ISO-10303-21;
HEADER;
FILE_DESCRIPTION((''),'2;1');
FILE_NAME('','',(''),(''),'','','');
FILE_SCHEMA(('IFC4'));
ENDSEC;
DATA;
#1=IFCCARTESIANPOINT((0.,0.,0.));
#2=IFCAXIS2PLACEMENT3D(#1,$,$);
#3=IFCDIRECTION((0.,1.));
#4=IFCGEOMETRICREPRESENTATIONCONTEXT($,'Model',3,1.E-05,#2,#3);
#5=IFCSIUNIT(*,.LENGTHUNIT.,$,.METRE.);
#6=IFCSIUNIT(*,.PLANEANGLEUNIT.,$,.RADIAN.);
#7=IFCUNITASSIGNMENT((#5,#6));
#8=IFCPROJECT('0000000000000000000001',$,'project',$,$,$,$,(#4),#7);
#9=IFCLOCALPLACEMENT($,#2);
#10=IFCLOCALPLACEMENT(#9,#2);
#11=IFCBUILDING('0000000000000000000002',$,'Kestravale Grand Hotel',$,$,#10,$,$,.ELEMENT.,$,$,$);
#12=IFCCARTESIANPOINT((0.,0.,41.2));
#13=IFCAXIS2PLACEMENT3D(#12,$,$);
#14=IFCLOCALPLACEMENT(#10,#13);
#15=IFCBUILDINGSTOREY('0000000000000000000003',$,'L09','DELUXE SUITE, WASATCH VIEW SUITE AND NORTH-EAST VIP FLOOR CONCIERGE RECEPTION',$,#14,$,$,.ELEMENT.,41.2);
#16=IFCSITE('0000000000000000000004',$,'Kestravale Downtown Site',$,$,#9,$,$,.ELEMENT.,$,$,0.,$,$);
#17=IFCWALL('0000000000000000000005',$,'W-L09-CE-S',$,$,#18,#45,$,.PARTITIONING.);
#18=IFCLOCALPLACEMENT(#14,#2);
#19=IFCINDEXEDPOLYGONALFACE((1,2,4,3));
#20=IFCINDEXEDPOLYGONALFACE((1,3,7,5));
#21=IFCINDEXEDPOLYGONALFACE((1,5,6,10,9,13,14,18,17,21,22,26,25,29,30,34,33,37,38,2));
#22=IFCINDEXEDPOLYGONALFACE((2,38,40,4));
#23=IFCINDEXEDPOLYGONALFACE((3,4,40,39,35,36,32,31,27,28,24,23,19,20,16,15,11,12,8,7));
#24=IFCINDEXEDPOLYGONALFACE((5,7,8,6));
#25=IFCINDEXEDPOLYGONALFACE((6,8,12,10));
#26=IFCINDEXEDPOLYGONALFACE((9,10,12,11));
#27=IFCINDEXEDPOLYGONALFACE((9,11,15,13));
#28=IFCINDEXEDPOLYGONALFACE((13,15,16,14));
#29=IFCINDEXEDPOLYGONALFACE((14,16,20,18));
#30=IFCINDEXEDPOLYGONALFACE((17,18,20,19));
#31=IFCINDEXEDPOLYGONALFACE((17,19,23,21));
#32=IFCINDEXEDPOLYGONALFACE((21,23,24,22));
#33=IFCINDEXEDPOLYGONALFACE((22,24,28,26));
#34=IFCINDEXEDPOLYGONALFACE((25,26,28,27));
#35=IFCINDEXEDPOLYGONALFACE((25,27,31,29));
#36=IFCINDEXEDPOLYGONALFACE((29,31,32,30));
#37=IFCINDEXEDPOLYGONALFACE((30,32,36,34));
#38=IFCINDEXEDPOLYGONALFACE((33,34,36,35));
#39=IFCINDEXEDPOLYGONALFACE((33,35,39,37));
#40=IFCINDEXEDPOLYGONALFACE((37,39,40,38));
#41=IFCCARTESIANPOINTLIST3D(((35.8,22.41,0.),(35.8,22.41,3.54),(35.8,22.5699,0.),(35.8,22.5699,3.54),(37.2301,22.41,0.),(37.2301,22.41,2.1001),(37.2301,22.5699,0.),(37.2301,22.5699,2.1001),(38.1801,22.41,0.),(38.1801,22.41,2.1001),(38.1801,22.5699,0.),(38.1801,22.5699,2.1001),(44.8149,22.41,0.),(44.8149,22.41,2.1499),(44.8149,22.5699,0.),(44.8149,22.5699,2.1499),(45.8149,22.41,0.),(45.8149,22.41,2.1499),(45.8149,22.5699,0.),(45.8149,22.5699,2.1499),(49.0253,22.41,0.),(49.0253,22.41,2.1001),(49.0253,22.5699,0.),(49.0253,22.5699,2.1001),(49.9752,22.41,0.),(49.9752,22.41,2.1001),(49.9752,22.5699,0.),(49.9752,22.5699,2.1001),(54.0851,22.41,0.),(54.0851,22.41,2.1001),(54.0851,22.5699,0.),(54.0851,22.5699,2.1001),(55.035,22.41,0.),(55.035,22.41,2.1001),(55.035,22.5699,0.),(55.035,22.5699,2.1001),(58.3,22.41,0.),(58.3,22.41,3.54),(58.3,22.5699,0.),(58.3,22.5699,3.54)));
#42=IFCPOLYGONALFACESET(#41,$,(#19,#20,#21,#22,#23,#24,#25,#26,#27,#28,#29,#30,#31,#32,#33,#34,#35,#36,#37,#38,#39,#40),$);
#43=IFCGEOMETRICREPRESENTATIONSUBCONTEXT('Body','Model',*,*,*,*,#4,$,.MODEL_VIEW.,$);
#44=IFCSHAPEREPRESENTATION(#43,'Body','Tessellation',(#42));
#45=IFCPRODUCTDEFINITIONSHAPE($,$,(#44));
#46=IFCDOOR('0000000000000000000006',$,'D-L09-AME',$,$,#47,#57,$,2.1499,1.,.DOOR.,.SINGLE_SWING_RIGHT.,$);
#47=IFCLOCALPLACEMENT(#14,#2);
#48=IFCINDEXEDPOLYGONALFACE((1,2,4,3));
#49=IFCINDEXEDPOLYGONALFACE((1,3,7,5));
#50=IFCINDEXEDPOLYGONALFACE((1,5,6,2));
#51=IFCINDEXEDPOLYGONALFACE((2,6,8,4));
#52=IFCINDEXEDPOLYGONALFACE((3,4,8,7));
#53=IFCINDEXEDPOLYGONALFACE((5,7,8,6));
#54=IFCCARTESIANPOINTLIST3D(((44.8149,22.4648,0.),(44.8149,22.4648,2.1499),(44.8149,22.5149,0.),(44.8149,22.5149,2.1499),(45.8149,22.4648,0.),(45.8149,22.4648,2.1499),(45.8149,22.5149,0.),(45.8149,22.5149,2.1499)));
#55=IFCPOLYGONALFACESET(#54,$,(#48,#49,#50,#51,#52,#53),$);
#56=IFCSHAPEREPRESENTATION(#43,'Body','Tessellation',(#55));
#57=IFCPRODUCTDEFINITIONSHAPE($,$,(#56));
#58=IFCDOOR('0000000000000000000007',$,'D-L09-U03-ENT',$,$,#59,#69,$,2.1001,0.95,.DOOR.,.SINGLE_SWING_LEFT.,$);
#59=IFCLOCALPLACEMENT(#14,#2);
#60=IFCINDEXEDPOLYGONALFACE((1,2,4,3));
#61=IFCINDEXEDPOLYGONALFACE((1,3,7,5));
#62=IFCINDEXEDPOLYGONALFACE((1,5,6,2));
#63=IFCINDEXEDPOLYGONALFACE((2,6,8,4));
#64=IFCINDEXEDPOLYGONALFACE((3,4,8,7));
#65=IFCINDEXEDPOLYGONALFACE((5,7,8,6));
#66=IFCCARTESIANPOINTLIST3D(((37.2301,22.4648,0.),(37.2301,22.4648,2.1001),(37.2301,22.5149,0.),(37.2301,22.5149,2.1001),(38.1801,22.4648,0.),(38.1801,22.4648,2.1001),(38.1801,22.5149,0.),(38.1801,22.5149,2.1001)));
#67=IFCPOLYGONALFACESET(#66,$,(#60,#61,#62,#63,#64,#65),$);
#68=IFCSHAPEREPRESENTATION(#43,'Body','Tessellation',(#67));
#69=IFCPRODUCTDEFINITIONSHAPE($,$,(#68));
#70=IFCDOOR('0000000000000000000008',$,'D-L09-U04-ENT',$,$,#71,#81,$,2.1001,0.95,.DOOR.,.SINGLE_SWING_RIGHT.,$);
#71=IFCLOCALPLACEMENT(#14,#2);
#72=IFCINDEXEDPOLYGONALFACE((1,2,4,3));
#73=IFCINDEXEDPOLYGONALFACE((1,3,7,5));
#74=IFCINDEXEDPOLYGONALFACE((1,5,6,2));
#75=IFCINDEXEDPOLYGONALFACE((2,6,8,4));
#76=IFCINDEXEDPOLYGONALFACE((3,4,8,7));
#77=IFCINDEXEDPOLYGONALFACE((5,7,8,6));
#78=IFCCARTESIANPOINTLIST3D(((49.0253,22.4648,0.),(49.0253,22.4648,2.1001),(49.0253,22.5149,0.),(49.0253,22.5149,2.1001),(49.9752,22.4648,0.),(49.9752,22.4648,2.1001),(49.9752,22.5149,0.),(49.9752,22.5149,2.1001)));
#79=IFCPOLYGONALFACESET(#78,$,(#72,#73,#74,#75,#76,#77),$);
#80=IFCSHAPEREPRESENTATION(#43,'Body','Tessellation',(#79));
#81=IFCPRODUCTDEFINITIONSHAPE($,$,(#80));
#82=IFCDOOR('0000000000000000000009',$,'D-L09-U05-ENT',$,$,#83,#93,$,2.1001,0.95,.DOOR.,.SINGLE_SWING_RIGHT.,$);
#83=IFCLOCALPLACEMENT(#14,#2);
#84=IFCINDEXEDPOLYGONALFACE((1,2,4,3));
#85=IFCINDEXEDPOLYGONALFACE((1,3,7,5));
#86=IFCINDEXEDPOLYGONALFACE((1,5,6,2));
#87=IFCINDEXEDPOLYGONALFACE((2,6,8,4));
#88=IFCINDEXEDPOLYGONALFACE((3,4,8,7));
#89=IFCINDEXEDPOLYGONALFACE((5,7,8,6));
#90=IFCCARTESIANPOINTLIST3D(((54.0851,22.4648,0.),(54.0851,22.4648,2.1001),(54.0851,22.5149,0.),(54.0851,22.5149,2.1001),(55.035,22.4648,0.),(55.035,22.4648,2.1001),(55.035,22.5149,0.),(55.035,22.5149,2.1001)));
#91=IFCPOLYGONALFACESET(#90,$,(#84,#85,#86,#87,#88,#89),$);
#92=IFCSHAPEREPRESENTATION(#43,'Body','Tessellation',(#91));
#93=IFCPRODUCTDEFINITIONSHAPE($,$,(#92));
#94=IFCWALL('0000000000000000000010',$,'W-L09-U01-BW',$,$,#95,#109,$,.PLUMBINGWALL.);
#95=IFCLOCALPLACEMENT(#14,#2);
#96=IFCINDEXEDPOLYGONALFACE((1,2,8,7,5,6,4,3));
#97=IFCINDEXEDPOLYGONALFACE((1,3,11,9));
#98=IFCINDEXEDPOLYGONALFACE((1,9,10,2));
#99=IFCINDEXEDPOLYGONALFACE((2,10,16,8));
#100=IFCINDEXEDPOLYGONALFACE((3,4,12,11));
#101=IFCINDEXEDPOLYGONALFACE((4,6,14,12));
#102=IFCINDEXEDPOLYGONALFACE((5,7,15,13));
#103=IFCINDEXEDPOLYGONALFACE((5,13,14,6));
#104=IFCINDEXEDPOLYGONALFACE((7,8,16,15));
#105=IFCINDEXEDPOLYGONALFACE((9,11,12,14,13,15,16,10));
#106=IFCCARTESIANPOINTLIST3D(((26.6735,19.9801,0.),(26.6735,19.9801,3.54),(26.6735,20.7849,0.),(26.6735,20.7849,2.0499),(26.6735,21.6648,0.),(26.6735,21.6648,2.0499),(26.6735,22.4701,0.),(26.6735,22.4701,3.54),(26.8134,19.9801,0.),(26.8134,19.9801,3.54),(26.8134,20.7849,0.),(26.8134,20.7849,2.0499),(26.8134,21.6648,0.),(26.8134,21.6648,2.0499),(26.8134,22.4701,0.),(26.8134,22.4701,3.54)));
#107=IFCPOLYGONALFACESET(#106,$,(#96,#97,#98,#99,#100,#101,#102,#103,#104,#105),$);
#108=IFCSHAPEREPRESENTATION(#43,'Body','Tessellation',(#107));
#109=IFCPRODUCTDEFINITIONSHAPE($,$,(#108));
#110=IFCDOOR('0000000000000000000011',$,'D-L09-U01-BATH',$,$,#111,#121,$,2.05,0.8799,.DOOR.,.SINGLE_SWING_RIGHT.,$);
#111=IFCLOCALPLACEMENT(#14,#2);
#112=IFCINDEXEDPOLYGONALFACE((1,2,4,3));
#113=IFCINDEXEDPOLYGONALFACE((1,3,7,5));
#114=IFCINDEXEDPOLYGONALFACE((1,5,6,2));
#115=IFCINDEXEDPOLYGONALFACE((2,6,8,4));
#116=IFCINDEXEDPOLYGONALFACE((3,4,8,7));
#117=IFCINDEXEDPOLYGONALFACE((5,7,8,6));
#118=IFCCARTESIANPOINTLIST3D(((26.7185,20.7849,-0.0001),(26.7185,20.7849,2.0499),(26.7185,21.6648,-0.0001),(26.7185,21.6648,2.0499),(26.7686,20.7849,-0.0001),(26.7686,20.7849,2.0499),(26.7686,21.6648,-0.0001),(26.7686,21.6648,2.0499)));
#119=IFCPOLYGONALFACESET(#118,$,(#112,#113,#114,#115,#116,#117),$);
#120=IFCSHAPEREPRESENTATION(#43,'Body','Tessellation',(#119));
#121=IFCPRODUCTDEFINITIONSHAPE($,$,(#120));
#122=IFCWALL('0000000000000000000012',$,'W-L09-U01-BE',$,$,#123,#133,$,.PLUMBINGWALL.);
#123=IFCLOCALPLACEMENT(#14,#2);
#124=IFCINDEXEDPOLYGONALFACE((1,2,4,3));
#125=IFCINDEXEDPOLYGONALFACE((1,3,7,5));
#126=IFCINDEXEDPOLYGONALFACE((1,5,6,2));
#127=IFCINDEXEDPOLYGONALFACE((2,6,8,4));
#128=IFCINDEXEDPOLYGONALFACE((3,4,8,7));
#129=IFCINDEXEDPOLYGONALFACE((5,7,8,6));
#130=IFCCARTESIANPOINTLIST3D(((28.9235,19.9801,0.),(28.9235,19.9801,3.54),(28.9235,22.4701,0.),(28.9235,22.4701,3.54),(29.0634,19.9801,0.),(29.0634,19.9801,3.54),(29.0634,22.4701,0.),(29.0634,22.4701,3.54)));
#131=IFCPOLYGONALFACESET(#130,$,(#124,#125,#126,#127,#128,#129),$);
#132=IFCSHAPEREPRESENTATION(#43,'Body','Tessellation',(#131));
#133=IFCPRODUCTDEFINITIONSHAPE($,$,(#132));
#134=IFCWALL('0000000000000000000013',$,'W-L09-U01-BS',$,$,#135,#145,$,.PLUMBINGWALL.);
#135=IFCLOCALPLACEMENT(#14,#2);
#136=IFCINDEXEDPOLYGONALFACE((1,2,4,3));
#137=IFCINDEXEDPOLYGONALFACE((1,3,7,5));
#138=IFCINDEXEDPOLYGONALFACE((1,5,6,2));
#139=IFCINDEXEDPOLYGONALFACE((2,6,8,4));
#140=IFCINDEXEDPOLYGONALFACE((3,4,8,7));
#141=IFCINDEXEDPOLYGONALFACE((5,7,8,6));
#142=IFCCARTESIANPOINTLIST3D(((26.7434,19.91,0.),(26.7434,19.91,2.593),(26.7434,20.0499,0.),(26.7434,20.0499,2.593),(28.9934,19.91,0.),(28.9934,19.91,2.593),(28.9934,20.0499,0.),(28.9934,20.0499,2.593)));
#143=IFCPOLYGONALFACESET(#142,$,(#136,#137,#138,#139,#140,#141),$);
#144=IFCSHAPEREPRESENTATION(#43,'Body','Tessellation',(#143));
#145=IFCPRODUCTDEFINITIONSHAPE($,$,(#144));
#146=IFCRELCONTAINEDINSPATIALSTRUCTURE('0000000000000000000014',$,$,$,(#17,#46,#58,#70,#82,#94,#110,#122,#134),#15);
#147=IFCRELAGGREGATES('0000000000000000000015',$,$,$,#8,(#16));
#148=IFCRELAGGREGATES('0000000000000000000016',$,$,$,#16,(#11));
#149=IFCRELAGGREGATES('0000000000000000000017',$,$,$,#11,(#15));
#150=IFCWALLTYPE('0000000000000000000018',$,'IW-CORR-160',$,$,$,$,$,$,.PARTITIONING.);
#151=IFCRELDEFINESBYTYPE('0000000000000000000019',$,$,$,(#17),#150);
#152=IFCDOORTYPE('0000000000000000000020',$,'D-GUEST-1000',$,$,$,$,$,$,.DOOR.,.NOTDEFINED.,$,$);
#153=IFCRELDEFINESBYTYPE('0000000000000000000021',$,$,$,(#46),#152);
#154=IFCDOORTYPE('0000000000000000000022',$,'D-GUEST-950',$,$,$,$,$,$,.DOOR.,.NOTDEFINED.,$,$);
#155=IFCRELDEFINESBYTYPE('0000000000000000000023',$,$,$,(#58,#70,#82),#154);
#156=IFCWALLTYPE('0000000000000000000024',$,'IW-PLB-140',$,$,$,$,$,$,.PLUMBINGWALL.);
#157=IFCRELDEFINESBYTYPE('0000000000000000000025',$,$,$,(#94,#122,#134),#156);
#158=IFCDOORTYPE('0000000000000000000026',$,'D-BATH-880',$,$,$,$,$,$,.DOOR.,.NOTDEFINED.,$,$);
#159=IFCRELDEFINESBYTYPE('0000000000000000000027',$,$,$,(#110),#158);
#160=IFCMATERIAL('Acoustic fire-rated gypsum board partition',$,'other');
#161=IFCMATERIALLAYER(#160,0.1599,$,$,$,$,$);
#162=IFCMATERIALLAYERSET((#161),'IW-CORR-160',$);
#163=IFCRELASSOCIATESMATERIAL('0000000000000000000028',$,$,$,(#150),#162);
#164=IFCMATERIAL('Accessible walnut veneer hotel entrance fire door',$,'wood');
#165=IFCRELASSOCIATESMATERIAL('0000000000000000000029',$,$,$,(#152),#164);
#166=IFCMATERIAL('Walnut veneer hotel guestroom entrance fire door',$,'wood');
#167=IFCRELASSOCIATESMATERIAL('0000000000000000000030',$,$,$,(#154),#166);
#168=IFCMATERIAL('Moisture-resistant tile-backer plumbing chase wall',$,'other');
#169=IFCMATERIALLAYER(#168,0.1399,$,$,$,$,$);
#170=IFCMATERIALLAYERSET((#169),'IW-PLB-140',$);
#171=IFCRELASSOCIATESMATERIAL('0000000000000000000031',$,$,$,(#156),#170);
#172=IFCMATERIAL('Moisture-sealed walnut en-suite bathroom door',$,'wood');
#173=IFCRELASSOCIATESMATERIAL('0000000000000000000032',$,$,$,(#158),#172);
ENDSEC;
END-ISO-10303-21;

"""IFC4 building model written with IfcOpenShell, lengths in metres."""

from ifc_helpers import new_model, si_unit, direction, frame, frame_2d, origin, place, context, subcontext, project, spatial, rectangle, extrude, material, layer, layer_set, type_object, element, fill, save


model = new_model("IFC4")

# Units and contexts
model_context = context("Model", 3, precision=1e-05, world=origin(), true_north=direction((0.0, 1.0)))
body_context = subcontext(model_context, "Body", "Model", "MODEL_VIEW")
ifc_project = project(units=[si_unit("LENGTHUNIT", "METRE"), si_unit("PLANEANGLEUNIT", "RADIAN")], contexts=[model_context])

# Site, building, storey
site_placement = place(None, origin())
site = spatial("IfcSite", under=ifc_project, at=site_placement, Name="Kestravale Downtown Site", CompositionType="ELEMENT", RefElevation=0.0)
building_placement = place(site_placement, origin())
building = spatial("IfcBuilding", under=site, at=building_placement, Name="Kestravale Grand Hotel", CompositionType="ELEMENT")
storey_placement = place(building_placement, frame((0.0, 0.0, 41.2)))
storey = spatial("IfcBuildingStorey", under=building, at=storey_placement, Name="L09", Description="DELUXE SUITE, WASATCH VIEW SUITE AND NORTH-EAST VIP FLOOR CONCIERGE RECEPTION", CompositionType="ELEMENT", Elevation=41.2)

# Shared definitions
ifc_material_1 = material(Name="Acoustic fire-rated gypsum board partition", Category="other")
ifc_layer_1 = layer(ifc_material_1, 0.1599)
ifc_layer_set_1 = layer_set([ifc_layer_1], Name="IW-CORR-160")
wall_type_1 = type_object("IfcWallType", Name="IW-CORR-160", PredefinedType="PARTITIONING", material=ifc_layer_set_1)

# Wall, openings, doors
wall_1_placement = place(storey_placement, frame((35.8, 22.49, 0.0), z_axis=(0.0, 0.0, 1.0), x_axis=(1.0, 0.0, 0.0)))
wall_1 = element("IfcWall", 1, at=wall_1_placement, inside=storey, type_object=wall_type_1, Name="W-L09-CE-S", PredefinedType="PARTITIONING", context=body_context, shape_type="SweptSolid", body=[
    extrude(rectangle(XDim=22.5, YDim=0.1599, at=frame_2d((11.25, 0.0))), origin(), (0.0, 0.0, 1.0), 3.54),
])
opening_1_placement = place(wall_1_placement, frame((1.4299, 0.0, 0.0)))
opening_1 = element("IfcOpeningElement", 2, at=opening_1_placement, cuts=wall_1, PredefinedType="OPENING", context=body_context, shape_type="SweptSolid", body=[
    extrude(rectangle(XDim=0.95, YDim=2.1001, at=frame_2d((0.4751, 1.05))), frame((0.0, 0.0898, 0.0), z_axis=(0.0, -1.0, 0.0), x_axis=(1.0, 0.0, 0.0)), (0.0, 0.0, 1.0), 0.1799),
])
opening_2_placement = place(wall_1_placement, frame((9.0149, 0.0, 0.0)))
opening_2 = element("IfcOpeningElement", 3, at=opening_2_placement, cuts=wall_1, PredefinedType="OPENING", context=body_context, shape_type="SweptSolid", body=[
    extrude(rectangle(XDim=1.0, YDim=2.1499, at=frame_2d((0.5, 1.075))), frame((0.0, 0.0898, 0.0), z_axis=(0.0, -1.0, 0.0), x_axis=(1.0, 0.0, 0.0)), (0.0, 0.0, 1.0), 0.1799),
])
opening_3_placement = place(wall_1_placement, frame((13.2251, 0.0, 0.0)))
opening_3 = element("IfcOpeningElement", 4, at=opening_3_placement, cuts=wall_1, PredefinedType="OPENING", context=body_context, shape_type="SweptSolid", body=[
    extrude(rectangle(XDim=0.95, YDim=2.1001, at=frame_2d((0.4751, 1.05))), frame((0.0, 0.0898, 0.0), z_axis=(0.0, -1.0, 0.0), x_axis=(1.0, 0.0, 0.0)), (0.0, 0.0, 1.0), 0.1799),
])
opening_4_placement = place(wall_1_placement, frame((18.2849, 0.0, 0.0)))
opening_4 = element("IfcOpeningElement", 5, at=opening_4_placement, cuts=wall_1, PredefinedType="OPENING", context=body_context, shape_type="SweptSolid", body=[
    extrude(rectangle(XDim=0.95, YDim=2.1001, at=frame_2d((0.4751, 1.05))), frame((0.0, 0.0898, 0.0), z_axis=(0.0, -1.0, 0.0), x_axis=(1.0, 0.0, 0.0)), (0.0, 0.0, 1.0), 0.1799),
])
ifc_material_2 = material(Name="Accessible walnut veneer hotel entrance fire door", Category="wood")
door_type_1 = type_object("IfcDoorType", Name="D-GUEST-1000", OperationType="NOTDEFINED", PredefinedType="DOOR", material=ifc_material_2)
door_1_placement = place(opening_2_placement, origin())
door_1 = element("IfcDoor", 6, at=door_1_placement, inside=storey, type_object=door_type_1, Name="D-L09-AME", OperationType="SINGLE_SWING_RIGHT", OverallHeight=2.1499, OverallWidth=1.0, PredefinedType="DOOR", context=body_context, shape_type="SweptSolid", body=[
    extrude(rectangle(XDim=1.0, YDim=2.1499, at=frame_2d((0.5, 1.075))), frame((0.0, 0.0249, 0.0), z_axis=(0.0, -1.0, 0.0), x_axis=(1.0, 0.0, 0.0)), (0.0, 0.0, 1.0), 0.05),
])
fill(opening_2, door_1)
ifc_material_3 = material(Name="Walnut veneer hotel guestroom entrance fire door", Category="wood")
door_type_2 = type_object("IfcDoorType", Name="D-GUEST-950", OperationType="NOTDEFINED", PredefinedType="DOOR", material=ifc_material_3)
door_2_placement = place(opening_1_placement, origin())
door_2 = element("IfcDoor", 7, at=door_2_placement, inside=storey, type_object=door_type_2, Name="D-L09-U03-ENT", OperationType="SINGLE_SWING_LEFT", OverallHeight=2.1001, OverallWidth=0.95, PredefinedType="DOOR", context=body_context, shape_type="SweptSolid", body=[
    extrude(rectangle(XDim=0.95, YDim=2.1001, at=frame_2d((0.4751, 1.05))), frame((0.0, 0.0249, 0.0), z_axis=(0.0, -1.0, 0.0), x_axis=(1.0, 0.0, 0.0)), (0.0, 0.0, 1.0), 0.05),
])
fill(opening_1, door_2)
door_3_placement = place(opening_3_placement, origin())
door_3 = element("IfcDoor", 8, at=door_3_placement, inside=storey, type_object=door_type_2, Name="D-L09-U04-ENT", OperationType="SINGLE_SWING_RIGHT", OverallHeight=2.1001, OverallWidth=0.95, PredefinedType="DOOR", context=body_context, shape_type="SweptSolid", body=[
    extrude(rectangle(XDim=0.95, YDim=2.1001, at=frame_2d((0.4751, 1.05))), frame((0.0, 0.0249, 0.0), z_axis=(0.0, -1.0, 0.0), x_axis=(1.0, 0.0, 0.0)), (0.0, 0.0, 1.0), 0.05),
])
fill(opening_3, door_3)
door_4_placement = place(opening_4_placement, origin())
door_4 = element("IfcDoor", 9, at=door_4_placement, inside=storey, type_object=door_type_2, Name="D-L09-U05-ENT", OperationType="SINGLE_SWING_RIGHT", OverallHeight=2.1001, OverallWidth=0.95, PredefinedType="DOOR", context=body_context, shape_type="SweptSolid", body=[
    extrude(rectangle(XDim=0.95, YDim=2.1001, at=frame_2d((0.4751, 1.05))), frame((0.0, 0.0249, 0.0), z_axis=(0.0, -1.0, 0.0), x_axis=(1.0, 0.0, 0.0)), (0.0, 0.0, 1.0), 0.05),
])
fill(opening_4, door_4)

# Wall, opening, door
ifc_material_4 = material(Name="Moisture-resistant tile-backer plumbing chase wall", Category="other")
ifc_layer_2 = layer(ifc_material_4, 0.1399)
ifc_layer_set_2 = layer_set([ifc_layer_2], Name="IW-PLB-140")
wall_type_2 = type_object("IfcWallType", Name="IW-PLB-140", PredefinedType="PLUMBINGWALL", material=ifc_layer_set_2)
wall_2_placement = place(storey_placement, frame((26.7434, 19.98, 0.0), z_axis=(0.0, 0.0, 1.0), x_axis=(0.0, 1.0, 0.0)))
wall_2 = element("IfcWall", 10, at=wall_2_placement, inside=storey, type_object=wall_type_2, Name="W-L09-U01-BW", PredefinedType="PLUMBINGWALL", context=body_context, shape_type="SweptSolid", body=[
    extrude(rectangle(XDim=2.49, YDim=0.1399, at=frame_2d((1.2451, 0.0))), origin(), (0.0, 0.0, 1.0), 3.54),
])
opening_5_placement = place(wall_2_placement, frame((0.8049, 0.0, 0.0)))
opening_5 = element("IfcOpeningElement", 11, at=opening_5_placement, cuts=wall_2, PredefinedType="OPENING", context=body_context, shape_type="SweptSolid", body=[
    extrude(rectangle(XDim=0.8799, YDim=2.05, at=frame_2d((0.4399, 1.0249))), frame((0.0, 0.0798, 0.0), z_axis=(0.0, -1.0, 0.0), x_axis=(1.0, 0.0, 0.0)), (0.0, 0.0, 1.0), 0.1599),
])
ifc_material_5 = material(Name="Moisture-sealed walnut en-suite bathroom door", Category="wood")
door_type_3 = type_object("IfcDoorType", Name="D-BATH-880", OperationType="NOTDEFINED", PredefinedType="DOOR", material=ifc_material_5)
door_5_placement = place(opening_5_placement, origin())
door_5 = element("IfcDoor", 12, at=door_5_placement, inside=storey, type_object=door_type_3, Name="D-L09-U01-BATH", OperationType="SINGLE_SWING_RIGHT", OverallHeight=2.05, OverallWidth=0.8799, PredefinedType="DOOR", context=body_context, shape_type="SweptSolid", body=[
    extrude(rectangle(XDim=0.8799, YDim=2.05, at=frame_2d((0.4399, 1.0249))), frame((0.0, 0.0249, 0.0), z_axis=(0.0, -1.0, 0.0), x_axis=(1.0, 0.0, 0.0)), (0.0, 0.0, 1.0), 0.05),
])
fill(opening_5, door_5)

# Walls
wall_3_placement = place(storey_placement, frame((28.9934, 19.98, 0.0), z_axis=(0.0, 0.0, 1.0), x_axis=(0.0, 1.0, 0.0)))
element("IfcWall", 13, at=wall_3_placement, inside=storey, type_object=wall_type_2, Name="W-L09-U01-BE", PredefinedType="PLUMBINGWALL", context=body_context, shape_type="SweptSolid", body=[
    extrude(rectangle(XDim=2.49, YDim=0.1399, at=frame_2d((1.2451, 0.0))), origin(), (0.0, 0.0, 1.0), 3.54),
])
wall_4_placement = place(storey_placement, frame((26.7434, 19.98, 0.0), z_axis=(0.0, 0.0, 1.0), x_axis=(1.0, 0.0, 0.0)))
element("IfcWall", 14, at=wall_4_placement, inside=storey, type_object=wall_type_2, Name="W-L09-U01-BS", PredefinedType="PLUMBINGWALL", context=body_context, shape_type="SweptSolid", body=[
    extrude(rectangle(XDim=2.25, YDim=0.1399, at=frame_2d((1.125, 0.0))), origin(), (0.0, 0.0, 1.0), 2.593),
])

save(model, "model.ifc")
